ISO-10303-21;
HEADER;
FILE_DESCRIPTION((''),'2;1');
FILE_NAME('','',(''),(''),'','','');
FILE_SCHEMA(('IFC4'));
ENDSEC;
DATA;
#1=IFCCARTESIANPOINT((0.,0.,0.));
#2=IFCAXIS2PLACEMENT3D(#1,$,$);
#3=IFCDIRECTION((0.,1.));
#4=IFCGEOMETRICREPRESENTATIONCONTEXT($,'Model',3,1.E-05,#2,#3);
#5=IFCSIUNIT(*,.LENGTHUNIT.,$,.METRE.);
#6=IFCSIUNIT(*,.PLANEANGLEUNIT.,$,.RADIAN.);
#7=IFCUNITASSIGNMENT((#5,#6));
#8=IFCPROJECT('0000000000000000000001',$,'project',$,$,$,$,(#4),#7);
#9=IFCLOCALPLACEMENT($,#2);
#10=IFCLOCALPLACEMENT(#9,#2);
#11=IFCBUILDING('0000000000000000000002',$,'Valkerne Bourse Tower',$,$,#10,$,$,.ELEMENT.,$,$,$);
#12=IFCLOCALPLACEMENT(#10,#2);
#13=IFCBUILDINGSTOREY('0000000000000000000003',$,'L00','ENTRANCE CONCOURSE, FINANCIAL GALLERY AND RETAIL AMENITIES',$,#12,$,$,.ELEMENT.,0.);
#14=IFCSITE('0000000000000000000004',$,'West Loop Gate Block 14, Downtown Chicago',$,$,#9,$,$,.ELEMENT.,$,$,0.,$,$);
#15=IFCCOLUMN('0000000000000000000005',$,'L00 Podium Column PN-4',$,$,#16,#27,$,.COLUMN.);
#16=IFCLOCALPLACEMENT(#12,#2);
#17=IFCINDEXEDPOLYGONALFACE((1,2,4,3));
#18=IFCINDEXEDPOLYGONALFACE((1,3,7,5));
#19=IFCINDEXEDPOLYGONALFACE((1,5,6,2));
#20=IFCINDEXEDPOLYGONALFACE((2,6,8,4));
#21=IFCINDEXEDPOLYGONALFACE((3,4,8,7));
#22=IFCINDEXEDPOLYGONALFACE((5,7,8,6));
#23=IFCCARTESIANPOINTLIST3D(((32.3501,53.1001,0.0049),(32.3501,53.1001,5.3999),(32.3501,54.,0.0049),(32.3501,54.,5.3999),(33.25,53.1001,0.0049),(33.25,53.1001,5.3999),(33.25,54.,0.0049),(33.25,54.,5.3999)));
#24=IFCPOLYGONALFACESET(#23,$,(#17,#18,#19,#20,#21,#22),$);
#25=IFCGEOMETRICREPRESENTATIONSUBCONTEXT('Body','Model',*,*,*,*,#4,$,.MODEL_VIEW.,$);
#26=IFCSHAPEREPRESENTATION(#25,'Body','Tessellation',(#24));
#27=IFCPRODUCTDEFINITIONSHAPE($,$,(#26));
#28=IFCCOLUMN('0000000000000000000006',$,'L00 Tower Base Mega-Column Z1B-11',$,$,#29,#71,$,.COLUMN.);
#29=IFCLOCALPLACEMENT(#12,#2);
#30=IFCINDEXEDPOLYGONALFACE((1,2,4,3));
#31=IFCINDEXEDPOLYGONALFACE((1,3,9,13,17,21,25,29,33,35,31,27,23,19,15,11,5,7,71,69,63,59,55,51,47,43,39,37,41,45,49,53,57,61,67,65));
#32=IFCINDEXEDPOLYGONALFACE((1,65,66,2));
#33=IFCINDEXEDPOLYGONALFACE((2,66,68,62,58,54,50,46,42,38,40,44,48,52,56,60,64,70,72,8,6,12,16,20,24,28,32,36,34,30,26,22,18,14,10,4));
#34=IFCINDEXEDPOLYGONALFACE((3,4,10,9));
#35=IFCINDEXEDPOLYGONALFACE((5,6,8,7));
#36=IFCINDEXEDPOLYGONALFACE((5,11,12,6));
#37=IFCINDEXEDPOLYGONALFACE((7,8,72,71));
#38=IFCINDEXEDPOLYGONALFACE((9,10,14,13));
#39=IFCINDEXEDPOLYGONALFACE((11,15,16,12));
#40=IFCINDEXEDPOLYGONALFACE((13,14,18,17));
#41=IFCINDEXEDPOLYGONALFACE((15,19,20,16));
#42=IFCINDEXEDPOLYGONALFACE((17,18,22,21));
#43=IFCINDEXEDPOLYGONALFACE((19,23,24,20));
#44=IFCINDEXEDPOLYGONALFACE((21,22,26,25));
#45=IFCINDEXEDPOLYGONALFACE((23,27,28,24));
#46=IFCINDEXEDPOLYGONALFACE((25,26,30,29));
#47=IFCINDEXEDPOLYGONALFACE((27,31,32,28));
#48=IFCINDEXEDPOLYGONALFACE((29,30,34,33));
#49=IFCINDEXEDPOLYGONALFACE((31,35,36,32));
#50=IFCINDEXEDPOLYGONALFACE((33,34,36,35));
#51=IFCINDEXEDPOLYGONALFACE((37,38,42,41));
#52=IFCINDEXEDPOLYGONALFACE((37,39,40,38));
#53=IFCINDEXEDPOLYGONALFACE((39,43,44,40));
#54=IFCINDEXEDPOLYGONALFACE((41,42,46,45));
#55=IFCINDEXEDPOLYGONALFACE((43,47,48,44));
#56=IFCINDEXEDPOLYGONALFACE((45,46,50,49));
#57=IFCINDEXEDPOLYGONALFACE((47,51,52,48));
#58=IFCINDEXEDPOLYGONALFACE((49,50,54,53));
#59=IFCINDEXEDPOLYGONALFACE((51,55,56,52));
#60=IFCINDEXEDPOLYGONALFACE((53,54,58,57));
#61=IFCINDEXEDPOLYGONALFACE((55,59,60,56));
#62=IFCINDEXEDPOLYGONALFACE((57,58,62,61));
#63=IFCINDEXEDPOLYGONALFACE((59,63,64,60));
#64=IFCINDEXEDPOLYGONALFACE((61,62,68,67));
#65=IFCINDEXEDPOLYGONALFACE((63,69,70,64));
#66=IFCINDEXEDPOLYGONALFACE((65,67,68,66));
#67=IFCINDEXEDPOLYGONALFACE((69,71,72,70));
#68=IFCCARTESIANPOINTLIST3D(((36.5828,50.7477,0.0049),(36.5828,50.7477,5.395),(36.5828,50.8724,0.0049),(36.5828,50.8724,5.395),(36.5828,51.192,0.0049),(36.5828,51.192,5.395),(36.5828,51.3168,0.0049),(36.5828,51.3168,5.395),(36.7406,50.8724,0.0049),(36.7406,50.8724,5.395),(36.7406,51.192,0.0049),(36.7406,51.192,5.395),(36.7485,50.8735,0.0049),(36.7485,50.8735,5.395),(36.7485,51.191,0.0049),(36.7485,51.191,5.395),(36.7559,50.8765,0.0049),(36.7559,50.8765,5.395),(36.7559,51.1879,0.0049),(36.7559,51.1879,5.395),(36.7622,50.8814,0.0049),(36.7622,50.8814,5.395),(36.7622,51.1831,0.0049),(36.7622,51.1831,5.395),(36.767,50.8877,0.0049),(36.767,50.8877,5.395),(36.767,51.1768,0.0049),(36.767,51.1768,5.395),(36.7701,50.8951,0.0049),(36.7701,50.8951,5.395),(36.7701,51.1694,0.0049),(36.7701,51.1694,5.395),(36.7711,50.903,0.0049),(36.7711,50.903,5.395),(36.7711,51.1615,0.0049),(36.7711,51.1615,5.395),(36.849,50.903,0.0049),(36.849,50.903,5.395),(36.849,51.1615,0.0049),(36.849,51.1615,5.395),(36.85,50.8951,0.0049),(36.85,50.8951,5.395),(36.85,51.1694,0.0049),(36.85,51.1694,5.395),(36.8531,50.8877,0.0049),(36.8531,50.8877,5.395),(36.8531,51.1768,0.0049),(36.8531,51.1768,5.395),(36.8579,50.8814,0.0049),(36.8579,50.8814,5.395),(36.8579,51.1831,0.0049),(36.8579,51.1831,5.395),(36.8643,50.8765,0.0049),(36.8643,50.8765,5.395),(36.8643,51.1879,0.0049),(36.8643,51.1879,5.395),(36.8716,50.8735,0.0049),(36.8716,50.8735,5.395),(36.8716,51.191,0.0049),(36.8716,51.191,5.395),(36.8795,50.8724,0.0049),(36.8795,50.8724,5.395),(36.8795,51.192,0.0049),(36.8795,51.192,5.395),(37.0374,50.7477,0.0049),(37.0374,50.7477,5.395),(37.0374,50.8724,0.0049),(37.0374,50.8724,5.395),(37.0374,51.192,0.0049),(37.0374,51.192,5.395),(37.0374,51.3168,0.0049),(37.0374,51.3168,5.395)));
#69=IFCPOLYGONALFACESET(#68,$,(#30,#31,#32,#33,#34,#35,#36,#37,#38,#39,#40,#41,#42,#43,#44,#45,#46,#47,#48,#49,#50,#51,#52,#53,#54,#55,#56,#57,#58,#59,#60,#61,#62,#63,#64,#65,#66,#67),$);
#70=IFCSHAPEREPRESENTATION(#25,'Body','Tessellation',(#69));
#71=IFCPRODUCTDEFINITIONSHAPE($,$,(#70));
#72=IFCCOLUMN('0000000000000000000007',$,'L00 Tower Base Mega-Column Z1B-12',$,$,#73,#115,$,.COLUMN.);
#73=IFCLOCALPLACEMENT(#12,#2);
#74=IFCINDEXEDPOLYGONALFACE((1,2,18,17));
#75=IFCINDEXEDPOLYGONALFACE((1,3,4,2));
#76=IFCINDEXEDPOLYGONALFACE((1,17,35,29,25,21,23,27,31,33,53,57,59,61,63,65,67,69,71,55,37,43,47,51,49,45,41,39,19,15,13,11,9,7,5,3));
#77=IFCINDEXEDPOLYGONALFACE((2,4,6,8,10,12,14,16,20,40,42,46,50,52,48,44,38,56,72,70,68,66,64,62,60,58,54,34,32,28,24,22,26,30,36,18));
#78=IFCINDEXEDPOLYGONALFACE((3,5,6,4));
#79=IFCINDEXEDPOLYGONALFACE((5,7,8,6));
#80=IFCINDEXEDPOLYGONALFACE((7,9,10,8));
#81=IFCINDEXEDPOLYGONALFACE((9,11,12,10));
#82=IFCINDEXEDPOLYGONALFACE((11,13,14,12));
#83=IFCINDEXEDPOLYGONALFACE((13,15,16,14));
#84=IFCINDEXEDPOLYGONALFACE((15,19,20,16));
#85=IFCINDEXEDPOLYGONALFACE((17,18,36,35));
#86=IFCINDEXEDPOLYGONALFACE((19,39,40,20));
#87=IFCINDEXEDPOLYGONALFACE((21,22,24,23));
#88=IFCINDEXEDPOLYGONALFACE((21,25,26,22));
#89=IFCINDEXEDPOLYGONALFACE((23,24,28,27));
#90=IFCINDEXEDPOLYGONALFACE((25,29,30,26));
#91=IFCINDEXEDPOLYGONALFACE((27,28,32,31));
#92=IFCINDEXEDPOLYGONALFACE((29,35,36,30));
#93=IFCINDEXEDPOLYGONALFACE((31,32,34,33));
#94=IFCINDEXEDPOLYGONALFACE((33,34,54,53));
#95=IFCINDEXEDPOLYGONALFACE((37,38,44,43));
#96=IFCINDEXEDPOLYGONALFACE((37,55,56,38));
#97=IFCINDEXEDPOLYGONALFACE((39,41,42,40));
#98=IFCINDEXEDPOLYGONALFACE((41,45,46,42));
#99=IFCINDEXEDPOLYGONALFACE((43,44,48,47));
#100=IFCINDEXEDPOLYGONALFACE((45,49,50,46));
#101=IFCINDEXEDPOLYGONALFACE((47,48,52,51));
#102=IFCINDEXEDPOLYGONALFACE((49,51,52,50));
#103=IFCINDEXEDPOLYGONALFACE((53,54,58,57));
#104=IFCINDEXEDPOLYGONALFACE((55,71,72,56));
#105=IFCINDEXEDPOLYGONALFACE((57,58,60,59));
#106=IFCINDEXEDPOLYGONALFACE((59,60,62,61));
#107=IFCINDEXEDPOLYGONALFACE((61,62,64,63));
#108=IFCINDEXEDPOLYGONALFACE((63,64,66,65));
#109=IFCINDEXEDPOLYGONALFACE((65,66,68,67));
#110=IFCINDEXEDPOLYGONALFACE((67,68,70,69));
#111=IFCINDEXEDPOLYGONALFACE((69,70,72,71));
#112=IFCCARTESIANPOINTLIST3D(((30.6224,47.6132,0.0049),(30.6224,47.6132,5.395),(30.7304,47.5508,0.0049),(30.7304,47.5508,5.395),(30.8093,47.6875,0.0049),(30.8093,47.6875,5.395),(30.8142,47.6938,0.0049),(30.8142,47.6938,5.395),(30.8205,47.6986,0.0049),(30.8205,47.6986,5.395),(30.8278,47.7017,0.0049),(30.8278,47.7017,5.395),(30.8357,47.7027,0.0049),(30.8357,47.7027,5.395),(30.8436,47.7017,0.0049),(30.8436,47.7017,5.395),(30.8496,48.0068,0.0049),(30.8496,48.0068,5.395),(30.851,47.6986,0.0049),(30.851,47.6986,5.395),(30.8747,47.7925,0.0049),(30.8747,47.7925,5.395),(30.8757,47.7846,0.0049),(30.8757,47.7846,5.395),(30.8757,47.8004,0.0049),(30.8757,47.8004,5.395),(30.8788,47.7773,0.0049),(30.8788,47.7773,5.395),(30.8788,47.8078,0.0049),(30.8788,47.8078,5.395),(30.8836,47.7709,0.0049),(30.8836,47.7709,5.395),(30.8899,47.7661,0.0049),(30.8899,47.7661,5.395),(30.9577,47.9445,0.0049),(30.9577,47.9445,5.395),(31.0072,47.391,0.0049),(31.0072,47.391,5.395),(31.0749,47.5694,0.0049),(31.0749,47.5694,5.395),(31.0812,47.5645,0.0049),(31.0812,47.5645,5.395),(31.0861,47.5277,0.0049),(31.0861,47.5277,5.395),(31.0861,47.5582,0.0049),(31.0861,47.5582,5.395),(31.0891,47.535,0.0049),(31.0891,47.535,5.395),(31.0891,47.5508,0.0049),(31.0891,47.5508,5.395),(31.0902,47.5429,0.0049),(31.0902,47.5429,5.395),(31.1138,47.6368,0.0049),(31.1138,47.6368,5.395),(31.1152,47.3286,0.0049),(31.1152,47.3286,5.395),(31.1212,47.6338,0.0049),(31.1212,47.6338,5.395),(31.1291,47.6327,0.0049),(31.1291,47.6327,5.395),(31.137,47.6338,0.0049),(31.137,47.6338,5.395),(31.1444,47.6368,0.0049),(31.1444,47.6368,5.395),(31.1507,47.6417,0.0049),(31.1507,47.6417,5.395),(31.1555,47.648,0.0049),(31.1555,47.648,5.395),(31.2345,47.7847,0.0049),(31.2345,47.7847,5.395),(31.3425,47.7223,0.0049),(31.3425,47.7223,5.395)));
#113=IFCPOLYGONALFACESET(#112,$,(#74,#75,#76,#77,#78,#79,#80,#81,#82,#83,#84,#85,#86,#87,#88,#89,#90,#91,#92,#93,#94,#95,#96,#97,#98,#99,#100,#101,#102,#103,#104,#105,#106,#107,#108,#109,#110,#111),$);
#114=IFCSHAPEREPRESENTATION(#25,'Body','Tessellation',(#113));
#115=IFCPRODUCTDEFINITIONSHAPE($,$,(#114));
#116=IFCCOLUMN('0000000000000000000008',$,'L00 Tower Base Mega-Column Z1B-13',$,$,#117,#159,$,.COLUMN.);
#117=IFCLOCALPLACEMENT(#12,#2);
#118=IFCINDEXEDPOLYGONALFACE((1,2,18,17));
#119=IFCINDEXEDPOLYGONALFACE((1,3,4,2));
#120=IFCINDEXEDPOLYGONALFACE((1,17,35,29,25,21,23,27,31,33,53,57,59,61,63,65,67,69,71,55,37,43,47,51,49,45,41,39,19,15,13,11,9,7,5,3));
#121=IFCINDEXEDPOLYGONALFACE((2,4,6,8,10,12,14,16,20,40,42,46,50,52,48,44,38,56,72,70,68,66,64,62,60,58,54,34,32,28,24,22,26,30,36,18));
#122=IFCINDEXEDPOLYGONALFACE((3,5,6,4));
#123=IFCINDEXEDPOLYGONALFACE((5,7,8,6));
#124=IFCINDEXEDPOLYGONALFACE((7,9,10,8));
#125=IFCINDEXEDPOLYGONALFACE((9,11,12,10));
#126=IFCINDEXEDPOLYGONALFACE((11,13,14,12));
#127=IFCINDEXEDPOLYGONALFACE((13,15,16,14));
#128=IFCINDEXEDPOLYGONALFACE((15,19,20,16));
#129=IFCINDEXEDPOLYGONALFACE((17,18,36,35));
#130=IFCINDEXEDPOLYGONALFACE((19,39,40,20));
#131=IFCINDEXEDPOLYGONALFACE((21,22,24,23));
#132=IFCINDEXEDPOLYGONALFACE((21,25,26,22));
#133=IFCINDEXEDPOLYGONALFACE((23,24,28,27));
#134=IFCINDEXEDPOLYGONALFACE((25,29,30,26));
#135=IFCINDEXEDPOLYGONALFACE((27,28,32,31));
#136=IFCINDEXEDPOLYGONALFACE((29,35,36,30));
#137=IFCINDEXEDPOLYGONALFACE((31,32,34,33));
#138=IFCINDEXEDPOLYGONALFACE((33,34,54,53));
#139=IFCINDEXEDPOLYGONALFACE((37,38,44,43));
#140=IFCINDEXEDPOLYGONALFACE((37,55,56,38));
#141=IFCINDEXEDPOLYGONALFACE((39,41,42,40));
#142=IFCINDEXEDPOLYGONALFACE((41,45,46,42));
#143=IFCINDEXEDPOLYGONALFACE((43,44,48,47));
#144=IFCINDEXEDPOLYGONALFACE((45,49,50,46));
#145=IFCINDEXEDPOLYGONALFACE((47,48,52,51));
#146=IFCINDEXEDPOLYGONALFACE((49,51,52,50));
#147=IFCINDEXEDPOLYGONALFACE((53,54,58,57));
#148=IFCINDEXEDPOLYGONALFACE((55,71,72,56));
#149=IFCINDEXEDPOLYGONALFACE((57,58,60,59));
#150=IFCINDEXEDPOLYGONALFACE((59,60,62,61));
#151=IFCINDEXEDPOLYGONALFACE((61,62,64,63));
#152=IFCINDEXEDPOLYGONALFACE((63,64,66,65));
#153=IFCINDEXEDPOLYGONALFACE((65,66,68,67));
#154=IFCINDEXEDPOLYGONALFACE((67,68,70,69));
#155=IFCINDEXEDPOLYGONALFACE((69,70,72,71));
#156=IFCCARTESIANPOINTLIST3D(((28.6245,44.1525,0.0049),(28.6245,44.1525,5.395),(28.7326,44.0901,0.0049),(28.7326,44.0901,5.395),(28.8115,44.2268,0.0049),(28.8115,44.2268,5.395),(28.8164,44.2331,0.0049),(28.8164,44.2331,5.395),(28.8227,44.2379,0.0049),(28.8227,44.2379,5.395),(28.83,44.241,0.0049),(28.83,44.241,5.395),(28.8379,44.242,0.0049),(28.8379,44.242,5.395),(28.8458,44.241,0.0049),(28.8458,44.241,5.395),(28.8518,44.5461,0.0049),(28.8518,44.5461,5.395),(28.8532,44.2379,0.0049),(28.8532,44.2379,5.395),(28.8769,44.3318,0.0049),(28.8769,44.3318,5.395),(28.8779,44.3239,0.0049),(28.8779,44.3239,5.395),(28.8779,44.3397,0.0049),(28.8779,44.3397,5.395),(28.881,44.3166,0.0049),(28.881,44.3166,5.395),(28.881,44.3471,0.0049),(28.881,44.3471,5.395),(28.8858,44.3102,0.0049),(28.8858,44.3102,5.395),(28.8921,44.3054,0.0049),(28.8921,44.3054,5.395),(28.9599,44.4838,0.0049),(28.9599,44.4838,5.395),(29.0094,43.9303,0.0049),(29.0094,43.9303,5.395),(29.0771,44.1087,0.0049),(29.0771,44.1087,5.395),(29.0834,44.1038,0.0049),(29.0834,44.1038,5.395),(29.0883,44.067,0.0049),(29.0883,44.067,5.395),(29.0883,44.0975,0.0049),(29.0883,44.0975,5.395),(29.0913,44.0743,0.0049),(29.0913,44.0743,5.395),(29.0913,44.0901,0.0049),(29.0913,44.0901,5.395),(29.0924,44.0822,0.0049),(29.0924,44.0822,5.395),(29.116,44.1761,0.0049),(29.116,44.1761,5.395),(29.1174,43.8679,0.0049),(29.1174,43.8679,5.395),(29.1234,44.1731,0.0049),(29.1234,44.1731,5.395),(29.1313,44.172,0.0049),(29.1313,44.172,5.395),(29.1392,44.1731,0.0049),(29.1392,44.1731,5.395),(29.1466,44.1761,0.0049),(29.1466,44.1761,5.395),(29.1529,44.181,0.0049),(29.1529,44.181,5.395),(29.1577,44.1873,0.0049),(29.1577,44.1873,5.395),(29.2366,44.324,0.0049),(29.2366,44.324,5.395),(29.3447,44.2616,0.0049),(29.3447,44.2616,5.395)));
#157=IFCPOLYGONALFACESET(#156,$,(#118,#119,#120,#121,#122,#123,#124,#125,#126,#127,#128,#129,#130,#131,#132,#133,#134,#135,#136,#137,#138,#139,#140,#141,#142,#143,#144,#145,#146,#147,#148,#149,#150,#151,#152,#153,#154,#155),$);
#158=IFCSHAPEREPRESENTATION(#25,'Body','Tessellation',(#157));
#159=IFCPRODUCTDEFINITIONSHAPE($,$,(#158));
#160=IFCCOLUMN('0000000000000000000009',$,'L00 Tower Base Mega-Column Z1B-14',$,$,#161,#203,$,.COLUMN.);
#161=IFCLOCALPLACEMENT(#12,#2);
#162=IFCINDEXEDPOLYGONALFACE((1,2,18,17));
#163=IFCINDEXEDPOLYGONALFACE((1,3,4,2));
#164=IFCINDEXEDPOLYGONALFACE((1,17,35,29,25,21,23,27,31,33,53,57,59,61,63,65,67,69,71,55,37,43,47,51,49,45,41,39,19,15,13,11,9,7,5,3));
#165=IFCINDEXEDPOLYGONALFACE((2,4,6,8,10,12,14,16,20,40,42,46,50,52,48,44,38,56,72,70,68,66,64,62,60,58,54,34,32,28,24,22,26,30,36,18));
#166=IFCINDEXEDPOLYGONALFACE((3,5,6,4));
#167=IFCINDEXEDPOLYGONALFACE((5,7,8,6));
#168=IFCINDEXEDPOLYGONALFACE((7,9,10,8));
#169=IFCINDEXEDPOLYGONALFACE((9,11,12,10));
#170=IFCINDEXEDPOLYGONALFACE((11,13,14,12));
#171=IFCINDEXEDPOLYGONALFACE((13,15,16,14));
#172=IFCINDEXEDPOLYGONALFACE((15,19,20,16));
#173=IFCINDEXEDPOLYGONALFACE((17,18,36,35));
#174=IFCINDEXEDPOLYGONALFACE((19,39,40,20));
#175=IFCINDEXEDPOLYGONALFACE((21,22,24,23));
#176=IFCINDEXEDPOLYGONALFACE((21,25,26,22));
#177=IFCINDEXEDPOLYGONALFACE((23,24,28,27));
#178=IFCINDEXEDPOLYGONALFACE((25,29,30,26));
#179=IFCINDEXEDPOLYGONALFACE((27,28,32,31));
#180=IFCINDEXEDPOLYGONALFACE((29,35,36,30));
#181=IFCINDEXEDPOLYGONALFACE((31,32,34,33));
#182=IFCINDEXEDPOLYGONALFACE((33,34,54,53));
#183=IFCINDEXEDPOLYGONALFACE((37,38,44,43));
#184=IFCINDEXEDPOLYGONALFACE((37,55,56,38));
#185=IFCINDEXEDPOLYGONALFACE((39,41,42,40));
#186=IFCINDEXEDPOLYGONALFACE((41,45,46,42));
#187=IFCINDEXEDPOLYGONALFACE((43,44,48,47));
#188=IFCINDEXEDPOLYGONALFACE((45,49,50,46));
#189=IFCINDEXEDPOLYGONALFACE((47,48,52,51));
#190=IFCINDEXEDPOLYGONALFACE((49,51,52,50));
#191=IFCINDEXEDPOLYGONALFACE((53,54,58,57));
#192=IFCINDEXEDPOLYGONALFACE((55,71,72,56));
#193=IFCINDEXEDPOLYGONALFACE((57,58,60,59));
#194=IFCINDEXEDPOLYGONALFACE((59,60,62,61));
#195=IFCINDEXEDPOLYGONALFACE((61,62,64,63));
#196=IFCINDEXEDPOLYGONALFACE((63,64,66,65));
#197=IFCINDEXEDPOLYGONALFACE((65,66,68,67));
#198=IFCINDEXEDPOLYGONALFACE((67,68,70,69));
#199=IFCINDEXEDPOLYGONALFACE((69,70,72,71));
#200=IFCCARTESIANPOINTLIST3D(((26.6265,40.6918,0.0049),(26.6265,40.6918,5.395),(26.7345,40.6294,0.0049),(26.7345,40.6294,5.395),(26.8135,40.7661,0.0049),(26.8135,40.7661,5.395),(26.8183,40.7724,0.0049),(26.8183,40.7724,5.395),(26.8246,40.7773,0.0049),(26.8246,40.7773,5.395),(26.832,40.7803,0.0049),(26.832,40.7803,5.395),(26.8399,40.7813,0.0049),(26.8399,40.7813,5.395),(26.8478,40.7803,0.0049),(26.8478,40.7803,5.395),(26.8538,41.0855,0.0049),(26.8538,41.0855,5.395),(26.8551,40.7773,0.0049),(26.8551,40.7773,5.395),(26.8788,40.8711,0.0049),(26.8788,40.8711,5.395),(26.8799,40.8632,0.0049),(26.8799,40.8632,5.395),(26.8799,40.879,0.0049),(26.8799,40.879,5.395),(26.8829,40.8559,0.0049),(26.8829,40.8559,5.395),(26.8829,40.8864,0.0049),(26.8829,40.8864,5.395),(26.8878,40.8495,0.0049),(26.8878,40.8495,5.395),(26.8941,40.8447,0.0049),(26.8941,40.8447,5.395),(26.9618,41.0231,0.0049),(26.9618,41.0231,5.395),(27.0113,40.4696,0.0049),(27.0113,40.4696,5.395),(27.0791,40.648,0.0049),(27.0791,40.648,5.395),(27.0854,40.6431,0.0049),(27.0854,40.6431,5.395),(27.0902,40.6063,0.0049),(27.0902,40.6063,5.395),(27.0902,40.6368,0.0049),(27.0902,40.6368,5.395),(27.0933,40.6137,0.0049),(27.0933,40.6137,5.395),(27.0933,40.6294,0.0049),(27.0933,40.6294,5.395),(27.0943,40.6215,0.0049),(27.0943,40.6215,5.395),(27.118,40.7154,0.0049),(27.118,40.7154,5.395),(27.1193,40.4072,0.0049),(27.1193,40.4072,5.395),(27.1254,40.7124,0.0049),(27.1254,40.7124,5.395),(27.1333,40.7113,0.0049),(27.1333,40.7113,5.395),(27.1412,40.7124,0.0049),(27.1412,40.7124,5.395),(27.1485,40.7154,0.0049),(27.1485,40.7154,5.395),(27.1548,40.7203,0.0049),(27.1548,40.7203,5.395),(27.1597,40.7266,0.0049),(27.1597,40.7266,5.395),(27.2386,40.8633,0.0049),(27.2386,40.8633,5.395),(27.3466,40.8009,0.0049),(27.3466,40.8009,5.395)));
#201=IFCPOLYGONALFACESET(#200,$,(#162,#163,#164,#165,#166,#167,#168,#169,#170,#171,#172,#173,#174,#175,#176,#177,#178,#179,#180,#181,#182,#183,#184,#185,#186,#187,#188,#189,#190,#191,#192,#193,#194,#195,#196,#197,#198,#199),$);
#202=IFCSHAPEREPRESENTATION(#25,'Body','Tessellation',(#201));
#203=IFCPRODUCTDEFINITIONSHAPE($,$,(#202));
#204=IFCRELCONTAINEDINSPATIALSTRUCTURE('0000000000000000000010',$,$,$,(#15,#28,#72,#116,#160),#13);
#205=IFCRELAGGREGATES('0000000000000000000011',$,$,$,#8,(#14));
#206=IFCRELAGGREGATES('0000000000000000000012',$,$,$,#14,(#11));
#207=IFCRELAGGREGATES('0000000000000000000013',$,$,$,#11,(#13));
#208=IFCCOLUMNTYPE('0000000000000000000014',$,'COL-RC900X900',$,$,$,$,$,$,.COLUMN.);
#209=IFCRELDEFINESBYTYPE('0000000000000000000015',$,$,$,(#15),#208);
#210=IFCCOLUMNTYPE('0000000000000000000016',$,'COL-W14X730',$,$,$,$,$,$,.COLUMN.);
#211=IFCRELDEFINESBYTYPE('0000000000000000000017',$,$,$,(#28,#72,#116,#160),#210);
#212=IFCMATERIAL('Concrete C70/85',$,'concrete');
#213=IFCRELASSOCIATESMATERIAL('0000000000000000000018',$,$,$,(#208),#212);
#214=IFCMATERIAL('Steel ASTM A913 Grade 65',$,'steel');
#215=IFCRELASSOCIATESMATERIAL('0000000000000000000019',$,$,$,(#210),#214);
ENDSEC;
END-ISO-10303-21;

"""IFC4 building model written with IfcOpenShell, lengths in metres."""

from ifc_helpers import new_model, si_unit, direction, frame, origin, origin_2d, place, context, subcontext, project, spatial, rectangle, i_section, extrude, material, material_profile, profile_set, type_object, element, save


model = new_model("IFC4")

# Units and contexts
model_context = context("Model", 3, precision=1e-05, world=origin(), true_north=direction((0.0, 1.0)))
body_context = subcontext(model_context, "Body", "Model", "MODEL_VIEW")
ifc_project = project(units=[si_unit("LENGTHUNIT", "METRE"), si_unit("PLANEANGLEUNIT", "RADIAN")], contexts=[model_context])

# Site, building, storey
site_placement = place(None, origin())
site = spatial("IfcSite", under=ifc_project, at=site_placement, Name="West Loop Gate Block 14, Downtown Chicago", CompositionType="ELEMENT", RefElevation=0.0)
building_placement = place(site_placement, origin())
building = spatial("IfcBuilding", under=site, at=building_placement, Name="Valkerne Bourse Tower", CompositionType="ELEMENT")
storey_placement = place(building_placement, origin())
storey = spatial("IfcBuildingStorey", under=building, at=storey_placement, Name="L00", Description="ENTRANCE CONCOURSE, FINANCIAL GALLERY AND RETAIL AMENITIES", CompositionType="ELEMENT", Elevation=0.0)

# Columns
ifc_material_1 = material(Name="Concrete C70/85", Category="concrete")
ifc_material_profile_1 = material_profile(ifc_material_1, rectangle(XDim=0.8999, YDim=0.8999, at=origin_2d()), Name="RC900X900")
ifc_profile_set_1 = profile_set([ifc_material_profile_1], Name="Concrete C70/85")
column_type_1 = type_object("IfcColumnType", Name="COL-RC900X900", PredefinedType="COLUMN", material=ifc_profile_set_1)
column_placement = place(storey_placement, frame((32.8, 53.55, 0.0049), z_axis=(0.0, 0.0, 1.0), x_axis=(1.0, 0.0, 0.0)))
element("IfcColumn", 1, at=column_placement, inside=storey, type_object=column_type_1, Name="L00 Podium Column PN-4", PredefinedType="COLUMN", context=body_context, shape_type="SweptSolid", body=[
    extrude(rectangle(XDim=0.8999, YDim=0.8999, at=origin_2d()), origin(), (0.0, 0.0, 1.0), 5.395),
])
ifc_material_2 = material(Name="Steel ASTM A913 Grade 65", Category="steel")
ifc_material_profile_2 = material_profile(ifc_material_2, i_section(OverallWidth=0.4546, OverallDepth=0.5691, WebThickness=0.0779, FlangeThickness=0.1248, FilletRadius=0.0305, at=origin_2d()), Name="W14X730")
ifc_profile_set_2 = profile_set([ifc_material_profile_2], Name="Steel ASTM A913 Grade 65")
column_type_2 = type_object("IfcColumnType", Name="COL-W14X730", PredefinedType="COLUMN", material=ifc_profile_set_2)
for number, where, z_axis, x_axis, name in (
    (2, (36.8101, 51.0322, 0.0049), (0.0, 0.0, 1.0), (-1.0, 0.0, 0.0), "L00 Tower Base Mega-Column Z1B-11"),
    (3, (30.9824, 47.6677, 0.0049), (0.0, 0.0, 1.0), (-0.5, -0.866025, 0.0), "L00 Tower Base Mega-Column Z1B-12"),
    (4, (28.9846, 44.207, 0.0049), (0.0, 0.0, 1.0), (-0.5, -0.866025, 0.0), "L00 Tower Base Mega-Column Z1B-13"),
    (5, (26.9866, 40.7463, 0.0049), (0.0, 0.0, 1.0), (-0.5, -0.866025, 0.0), "L00 Tower Base Mega-Column Z1B-14"),
):
    element("IfcColumn", number, at=place(storey_placement, frame(where, z_axis=z_axis, x_axis=x_axis)), inside=storey, type_object=column_type_2, Name=name, PredefinedType="COLUMN", context=body_context, shape_type="SweptSolid", body=[
        extrude(i_section(OverallWidth=0.4546, OverallDepth=0.5691, WebThickness=0.0779, FlangeThickness=0.1248, FilletRadius=0.0305, at=origin_2d()), origin(), (0.0, 0.0, 1.0), 5.3901),
    ])

save(model, "model.ifc")
